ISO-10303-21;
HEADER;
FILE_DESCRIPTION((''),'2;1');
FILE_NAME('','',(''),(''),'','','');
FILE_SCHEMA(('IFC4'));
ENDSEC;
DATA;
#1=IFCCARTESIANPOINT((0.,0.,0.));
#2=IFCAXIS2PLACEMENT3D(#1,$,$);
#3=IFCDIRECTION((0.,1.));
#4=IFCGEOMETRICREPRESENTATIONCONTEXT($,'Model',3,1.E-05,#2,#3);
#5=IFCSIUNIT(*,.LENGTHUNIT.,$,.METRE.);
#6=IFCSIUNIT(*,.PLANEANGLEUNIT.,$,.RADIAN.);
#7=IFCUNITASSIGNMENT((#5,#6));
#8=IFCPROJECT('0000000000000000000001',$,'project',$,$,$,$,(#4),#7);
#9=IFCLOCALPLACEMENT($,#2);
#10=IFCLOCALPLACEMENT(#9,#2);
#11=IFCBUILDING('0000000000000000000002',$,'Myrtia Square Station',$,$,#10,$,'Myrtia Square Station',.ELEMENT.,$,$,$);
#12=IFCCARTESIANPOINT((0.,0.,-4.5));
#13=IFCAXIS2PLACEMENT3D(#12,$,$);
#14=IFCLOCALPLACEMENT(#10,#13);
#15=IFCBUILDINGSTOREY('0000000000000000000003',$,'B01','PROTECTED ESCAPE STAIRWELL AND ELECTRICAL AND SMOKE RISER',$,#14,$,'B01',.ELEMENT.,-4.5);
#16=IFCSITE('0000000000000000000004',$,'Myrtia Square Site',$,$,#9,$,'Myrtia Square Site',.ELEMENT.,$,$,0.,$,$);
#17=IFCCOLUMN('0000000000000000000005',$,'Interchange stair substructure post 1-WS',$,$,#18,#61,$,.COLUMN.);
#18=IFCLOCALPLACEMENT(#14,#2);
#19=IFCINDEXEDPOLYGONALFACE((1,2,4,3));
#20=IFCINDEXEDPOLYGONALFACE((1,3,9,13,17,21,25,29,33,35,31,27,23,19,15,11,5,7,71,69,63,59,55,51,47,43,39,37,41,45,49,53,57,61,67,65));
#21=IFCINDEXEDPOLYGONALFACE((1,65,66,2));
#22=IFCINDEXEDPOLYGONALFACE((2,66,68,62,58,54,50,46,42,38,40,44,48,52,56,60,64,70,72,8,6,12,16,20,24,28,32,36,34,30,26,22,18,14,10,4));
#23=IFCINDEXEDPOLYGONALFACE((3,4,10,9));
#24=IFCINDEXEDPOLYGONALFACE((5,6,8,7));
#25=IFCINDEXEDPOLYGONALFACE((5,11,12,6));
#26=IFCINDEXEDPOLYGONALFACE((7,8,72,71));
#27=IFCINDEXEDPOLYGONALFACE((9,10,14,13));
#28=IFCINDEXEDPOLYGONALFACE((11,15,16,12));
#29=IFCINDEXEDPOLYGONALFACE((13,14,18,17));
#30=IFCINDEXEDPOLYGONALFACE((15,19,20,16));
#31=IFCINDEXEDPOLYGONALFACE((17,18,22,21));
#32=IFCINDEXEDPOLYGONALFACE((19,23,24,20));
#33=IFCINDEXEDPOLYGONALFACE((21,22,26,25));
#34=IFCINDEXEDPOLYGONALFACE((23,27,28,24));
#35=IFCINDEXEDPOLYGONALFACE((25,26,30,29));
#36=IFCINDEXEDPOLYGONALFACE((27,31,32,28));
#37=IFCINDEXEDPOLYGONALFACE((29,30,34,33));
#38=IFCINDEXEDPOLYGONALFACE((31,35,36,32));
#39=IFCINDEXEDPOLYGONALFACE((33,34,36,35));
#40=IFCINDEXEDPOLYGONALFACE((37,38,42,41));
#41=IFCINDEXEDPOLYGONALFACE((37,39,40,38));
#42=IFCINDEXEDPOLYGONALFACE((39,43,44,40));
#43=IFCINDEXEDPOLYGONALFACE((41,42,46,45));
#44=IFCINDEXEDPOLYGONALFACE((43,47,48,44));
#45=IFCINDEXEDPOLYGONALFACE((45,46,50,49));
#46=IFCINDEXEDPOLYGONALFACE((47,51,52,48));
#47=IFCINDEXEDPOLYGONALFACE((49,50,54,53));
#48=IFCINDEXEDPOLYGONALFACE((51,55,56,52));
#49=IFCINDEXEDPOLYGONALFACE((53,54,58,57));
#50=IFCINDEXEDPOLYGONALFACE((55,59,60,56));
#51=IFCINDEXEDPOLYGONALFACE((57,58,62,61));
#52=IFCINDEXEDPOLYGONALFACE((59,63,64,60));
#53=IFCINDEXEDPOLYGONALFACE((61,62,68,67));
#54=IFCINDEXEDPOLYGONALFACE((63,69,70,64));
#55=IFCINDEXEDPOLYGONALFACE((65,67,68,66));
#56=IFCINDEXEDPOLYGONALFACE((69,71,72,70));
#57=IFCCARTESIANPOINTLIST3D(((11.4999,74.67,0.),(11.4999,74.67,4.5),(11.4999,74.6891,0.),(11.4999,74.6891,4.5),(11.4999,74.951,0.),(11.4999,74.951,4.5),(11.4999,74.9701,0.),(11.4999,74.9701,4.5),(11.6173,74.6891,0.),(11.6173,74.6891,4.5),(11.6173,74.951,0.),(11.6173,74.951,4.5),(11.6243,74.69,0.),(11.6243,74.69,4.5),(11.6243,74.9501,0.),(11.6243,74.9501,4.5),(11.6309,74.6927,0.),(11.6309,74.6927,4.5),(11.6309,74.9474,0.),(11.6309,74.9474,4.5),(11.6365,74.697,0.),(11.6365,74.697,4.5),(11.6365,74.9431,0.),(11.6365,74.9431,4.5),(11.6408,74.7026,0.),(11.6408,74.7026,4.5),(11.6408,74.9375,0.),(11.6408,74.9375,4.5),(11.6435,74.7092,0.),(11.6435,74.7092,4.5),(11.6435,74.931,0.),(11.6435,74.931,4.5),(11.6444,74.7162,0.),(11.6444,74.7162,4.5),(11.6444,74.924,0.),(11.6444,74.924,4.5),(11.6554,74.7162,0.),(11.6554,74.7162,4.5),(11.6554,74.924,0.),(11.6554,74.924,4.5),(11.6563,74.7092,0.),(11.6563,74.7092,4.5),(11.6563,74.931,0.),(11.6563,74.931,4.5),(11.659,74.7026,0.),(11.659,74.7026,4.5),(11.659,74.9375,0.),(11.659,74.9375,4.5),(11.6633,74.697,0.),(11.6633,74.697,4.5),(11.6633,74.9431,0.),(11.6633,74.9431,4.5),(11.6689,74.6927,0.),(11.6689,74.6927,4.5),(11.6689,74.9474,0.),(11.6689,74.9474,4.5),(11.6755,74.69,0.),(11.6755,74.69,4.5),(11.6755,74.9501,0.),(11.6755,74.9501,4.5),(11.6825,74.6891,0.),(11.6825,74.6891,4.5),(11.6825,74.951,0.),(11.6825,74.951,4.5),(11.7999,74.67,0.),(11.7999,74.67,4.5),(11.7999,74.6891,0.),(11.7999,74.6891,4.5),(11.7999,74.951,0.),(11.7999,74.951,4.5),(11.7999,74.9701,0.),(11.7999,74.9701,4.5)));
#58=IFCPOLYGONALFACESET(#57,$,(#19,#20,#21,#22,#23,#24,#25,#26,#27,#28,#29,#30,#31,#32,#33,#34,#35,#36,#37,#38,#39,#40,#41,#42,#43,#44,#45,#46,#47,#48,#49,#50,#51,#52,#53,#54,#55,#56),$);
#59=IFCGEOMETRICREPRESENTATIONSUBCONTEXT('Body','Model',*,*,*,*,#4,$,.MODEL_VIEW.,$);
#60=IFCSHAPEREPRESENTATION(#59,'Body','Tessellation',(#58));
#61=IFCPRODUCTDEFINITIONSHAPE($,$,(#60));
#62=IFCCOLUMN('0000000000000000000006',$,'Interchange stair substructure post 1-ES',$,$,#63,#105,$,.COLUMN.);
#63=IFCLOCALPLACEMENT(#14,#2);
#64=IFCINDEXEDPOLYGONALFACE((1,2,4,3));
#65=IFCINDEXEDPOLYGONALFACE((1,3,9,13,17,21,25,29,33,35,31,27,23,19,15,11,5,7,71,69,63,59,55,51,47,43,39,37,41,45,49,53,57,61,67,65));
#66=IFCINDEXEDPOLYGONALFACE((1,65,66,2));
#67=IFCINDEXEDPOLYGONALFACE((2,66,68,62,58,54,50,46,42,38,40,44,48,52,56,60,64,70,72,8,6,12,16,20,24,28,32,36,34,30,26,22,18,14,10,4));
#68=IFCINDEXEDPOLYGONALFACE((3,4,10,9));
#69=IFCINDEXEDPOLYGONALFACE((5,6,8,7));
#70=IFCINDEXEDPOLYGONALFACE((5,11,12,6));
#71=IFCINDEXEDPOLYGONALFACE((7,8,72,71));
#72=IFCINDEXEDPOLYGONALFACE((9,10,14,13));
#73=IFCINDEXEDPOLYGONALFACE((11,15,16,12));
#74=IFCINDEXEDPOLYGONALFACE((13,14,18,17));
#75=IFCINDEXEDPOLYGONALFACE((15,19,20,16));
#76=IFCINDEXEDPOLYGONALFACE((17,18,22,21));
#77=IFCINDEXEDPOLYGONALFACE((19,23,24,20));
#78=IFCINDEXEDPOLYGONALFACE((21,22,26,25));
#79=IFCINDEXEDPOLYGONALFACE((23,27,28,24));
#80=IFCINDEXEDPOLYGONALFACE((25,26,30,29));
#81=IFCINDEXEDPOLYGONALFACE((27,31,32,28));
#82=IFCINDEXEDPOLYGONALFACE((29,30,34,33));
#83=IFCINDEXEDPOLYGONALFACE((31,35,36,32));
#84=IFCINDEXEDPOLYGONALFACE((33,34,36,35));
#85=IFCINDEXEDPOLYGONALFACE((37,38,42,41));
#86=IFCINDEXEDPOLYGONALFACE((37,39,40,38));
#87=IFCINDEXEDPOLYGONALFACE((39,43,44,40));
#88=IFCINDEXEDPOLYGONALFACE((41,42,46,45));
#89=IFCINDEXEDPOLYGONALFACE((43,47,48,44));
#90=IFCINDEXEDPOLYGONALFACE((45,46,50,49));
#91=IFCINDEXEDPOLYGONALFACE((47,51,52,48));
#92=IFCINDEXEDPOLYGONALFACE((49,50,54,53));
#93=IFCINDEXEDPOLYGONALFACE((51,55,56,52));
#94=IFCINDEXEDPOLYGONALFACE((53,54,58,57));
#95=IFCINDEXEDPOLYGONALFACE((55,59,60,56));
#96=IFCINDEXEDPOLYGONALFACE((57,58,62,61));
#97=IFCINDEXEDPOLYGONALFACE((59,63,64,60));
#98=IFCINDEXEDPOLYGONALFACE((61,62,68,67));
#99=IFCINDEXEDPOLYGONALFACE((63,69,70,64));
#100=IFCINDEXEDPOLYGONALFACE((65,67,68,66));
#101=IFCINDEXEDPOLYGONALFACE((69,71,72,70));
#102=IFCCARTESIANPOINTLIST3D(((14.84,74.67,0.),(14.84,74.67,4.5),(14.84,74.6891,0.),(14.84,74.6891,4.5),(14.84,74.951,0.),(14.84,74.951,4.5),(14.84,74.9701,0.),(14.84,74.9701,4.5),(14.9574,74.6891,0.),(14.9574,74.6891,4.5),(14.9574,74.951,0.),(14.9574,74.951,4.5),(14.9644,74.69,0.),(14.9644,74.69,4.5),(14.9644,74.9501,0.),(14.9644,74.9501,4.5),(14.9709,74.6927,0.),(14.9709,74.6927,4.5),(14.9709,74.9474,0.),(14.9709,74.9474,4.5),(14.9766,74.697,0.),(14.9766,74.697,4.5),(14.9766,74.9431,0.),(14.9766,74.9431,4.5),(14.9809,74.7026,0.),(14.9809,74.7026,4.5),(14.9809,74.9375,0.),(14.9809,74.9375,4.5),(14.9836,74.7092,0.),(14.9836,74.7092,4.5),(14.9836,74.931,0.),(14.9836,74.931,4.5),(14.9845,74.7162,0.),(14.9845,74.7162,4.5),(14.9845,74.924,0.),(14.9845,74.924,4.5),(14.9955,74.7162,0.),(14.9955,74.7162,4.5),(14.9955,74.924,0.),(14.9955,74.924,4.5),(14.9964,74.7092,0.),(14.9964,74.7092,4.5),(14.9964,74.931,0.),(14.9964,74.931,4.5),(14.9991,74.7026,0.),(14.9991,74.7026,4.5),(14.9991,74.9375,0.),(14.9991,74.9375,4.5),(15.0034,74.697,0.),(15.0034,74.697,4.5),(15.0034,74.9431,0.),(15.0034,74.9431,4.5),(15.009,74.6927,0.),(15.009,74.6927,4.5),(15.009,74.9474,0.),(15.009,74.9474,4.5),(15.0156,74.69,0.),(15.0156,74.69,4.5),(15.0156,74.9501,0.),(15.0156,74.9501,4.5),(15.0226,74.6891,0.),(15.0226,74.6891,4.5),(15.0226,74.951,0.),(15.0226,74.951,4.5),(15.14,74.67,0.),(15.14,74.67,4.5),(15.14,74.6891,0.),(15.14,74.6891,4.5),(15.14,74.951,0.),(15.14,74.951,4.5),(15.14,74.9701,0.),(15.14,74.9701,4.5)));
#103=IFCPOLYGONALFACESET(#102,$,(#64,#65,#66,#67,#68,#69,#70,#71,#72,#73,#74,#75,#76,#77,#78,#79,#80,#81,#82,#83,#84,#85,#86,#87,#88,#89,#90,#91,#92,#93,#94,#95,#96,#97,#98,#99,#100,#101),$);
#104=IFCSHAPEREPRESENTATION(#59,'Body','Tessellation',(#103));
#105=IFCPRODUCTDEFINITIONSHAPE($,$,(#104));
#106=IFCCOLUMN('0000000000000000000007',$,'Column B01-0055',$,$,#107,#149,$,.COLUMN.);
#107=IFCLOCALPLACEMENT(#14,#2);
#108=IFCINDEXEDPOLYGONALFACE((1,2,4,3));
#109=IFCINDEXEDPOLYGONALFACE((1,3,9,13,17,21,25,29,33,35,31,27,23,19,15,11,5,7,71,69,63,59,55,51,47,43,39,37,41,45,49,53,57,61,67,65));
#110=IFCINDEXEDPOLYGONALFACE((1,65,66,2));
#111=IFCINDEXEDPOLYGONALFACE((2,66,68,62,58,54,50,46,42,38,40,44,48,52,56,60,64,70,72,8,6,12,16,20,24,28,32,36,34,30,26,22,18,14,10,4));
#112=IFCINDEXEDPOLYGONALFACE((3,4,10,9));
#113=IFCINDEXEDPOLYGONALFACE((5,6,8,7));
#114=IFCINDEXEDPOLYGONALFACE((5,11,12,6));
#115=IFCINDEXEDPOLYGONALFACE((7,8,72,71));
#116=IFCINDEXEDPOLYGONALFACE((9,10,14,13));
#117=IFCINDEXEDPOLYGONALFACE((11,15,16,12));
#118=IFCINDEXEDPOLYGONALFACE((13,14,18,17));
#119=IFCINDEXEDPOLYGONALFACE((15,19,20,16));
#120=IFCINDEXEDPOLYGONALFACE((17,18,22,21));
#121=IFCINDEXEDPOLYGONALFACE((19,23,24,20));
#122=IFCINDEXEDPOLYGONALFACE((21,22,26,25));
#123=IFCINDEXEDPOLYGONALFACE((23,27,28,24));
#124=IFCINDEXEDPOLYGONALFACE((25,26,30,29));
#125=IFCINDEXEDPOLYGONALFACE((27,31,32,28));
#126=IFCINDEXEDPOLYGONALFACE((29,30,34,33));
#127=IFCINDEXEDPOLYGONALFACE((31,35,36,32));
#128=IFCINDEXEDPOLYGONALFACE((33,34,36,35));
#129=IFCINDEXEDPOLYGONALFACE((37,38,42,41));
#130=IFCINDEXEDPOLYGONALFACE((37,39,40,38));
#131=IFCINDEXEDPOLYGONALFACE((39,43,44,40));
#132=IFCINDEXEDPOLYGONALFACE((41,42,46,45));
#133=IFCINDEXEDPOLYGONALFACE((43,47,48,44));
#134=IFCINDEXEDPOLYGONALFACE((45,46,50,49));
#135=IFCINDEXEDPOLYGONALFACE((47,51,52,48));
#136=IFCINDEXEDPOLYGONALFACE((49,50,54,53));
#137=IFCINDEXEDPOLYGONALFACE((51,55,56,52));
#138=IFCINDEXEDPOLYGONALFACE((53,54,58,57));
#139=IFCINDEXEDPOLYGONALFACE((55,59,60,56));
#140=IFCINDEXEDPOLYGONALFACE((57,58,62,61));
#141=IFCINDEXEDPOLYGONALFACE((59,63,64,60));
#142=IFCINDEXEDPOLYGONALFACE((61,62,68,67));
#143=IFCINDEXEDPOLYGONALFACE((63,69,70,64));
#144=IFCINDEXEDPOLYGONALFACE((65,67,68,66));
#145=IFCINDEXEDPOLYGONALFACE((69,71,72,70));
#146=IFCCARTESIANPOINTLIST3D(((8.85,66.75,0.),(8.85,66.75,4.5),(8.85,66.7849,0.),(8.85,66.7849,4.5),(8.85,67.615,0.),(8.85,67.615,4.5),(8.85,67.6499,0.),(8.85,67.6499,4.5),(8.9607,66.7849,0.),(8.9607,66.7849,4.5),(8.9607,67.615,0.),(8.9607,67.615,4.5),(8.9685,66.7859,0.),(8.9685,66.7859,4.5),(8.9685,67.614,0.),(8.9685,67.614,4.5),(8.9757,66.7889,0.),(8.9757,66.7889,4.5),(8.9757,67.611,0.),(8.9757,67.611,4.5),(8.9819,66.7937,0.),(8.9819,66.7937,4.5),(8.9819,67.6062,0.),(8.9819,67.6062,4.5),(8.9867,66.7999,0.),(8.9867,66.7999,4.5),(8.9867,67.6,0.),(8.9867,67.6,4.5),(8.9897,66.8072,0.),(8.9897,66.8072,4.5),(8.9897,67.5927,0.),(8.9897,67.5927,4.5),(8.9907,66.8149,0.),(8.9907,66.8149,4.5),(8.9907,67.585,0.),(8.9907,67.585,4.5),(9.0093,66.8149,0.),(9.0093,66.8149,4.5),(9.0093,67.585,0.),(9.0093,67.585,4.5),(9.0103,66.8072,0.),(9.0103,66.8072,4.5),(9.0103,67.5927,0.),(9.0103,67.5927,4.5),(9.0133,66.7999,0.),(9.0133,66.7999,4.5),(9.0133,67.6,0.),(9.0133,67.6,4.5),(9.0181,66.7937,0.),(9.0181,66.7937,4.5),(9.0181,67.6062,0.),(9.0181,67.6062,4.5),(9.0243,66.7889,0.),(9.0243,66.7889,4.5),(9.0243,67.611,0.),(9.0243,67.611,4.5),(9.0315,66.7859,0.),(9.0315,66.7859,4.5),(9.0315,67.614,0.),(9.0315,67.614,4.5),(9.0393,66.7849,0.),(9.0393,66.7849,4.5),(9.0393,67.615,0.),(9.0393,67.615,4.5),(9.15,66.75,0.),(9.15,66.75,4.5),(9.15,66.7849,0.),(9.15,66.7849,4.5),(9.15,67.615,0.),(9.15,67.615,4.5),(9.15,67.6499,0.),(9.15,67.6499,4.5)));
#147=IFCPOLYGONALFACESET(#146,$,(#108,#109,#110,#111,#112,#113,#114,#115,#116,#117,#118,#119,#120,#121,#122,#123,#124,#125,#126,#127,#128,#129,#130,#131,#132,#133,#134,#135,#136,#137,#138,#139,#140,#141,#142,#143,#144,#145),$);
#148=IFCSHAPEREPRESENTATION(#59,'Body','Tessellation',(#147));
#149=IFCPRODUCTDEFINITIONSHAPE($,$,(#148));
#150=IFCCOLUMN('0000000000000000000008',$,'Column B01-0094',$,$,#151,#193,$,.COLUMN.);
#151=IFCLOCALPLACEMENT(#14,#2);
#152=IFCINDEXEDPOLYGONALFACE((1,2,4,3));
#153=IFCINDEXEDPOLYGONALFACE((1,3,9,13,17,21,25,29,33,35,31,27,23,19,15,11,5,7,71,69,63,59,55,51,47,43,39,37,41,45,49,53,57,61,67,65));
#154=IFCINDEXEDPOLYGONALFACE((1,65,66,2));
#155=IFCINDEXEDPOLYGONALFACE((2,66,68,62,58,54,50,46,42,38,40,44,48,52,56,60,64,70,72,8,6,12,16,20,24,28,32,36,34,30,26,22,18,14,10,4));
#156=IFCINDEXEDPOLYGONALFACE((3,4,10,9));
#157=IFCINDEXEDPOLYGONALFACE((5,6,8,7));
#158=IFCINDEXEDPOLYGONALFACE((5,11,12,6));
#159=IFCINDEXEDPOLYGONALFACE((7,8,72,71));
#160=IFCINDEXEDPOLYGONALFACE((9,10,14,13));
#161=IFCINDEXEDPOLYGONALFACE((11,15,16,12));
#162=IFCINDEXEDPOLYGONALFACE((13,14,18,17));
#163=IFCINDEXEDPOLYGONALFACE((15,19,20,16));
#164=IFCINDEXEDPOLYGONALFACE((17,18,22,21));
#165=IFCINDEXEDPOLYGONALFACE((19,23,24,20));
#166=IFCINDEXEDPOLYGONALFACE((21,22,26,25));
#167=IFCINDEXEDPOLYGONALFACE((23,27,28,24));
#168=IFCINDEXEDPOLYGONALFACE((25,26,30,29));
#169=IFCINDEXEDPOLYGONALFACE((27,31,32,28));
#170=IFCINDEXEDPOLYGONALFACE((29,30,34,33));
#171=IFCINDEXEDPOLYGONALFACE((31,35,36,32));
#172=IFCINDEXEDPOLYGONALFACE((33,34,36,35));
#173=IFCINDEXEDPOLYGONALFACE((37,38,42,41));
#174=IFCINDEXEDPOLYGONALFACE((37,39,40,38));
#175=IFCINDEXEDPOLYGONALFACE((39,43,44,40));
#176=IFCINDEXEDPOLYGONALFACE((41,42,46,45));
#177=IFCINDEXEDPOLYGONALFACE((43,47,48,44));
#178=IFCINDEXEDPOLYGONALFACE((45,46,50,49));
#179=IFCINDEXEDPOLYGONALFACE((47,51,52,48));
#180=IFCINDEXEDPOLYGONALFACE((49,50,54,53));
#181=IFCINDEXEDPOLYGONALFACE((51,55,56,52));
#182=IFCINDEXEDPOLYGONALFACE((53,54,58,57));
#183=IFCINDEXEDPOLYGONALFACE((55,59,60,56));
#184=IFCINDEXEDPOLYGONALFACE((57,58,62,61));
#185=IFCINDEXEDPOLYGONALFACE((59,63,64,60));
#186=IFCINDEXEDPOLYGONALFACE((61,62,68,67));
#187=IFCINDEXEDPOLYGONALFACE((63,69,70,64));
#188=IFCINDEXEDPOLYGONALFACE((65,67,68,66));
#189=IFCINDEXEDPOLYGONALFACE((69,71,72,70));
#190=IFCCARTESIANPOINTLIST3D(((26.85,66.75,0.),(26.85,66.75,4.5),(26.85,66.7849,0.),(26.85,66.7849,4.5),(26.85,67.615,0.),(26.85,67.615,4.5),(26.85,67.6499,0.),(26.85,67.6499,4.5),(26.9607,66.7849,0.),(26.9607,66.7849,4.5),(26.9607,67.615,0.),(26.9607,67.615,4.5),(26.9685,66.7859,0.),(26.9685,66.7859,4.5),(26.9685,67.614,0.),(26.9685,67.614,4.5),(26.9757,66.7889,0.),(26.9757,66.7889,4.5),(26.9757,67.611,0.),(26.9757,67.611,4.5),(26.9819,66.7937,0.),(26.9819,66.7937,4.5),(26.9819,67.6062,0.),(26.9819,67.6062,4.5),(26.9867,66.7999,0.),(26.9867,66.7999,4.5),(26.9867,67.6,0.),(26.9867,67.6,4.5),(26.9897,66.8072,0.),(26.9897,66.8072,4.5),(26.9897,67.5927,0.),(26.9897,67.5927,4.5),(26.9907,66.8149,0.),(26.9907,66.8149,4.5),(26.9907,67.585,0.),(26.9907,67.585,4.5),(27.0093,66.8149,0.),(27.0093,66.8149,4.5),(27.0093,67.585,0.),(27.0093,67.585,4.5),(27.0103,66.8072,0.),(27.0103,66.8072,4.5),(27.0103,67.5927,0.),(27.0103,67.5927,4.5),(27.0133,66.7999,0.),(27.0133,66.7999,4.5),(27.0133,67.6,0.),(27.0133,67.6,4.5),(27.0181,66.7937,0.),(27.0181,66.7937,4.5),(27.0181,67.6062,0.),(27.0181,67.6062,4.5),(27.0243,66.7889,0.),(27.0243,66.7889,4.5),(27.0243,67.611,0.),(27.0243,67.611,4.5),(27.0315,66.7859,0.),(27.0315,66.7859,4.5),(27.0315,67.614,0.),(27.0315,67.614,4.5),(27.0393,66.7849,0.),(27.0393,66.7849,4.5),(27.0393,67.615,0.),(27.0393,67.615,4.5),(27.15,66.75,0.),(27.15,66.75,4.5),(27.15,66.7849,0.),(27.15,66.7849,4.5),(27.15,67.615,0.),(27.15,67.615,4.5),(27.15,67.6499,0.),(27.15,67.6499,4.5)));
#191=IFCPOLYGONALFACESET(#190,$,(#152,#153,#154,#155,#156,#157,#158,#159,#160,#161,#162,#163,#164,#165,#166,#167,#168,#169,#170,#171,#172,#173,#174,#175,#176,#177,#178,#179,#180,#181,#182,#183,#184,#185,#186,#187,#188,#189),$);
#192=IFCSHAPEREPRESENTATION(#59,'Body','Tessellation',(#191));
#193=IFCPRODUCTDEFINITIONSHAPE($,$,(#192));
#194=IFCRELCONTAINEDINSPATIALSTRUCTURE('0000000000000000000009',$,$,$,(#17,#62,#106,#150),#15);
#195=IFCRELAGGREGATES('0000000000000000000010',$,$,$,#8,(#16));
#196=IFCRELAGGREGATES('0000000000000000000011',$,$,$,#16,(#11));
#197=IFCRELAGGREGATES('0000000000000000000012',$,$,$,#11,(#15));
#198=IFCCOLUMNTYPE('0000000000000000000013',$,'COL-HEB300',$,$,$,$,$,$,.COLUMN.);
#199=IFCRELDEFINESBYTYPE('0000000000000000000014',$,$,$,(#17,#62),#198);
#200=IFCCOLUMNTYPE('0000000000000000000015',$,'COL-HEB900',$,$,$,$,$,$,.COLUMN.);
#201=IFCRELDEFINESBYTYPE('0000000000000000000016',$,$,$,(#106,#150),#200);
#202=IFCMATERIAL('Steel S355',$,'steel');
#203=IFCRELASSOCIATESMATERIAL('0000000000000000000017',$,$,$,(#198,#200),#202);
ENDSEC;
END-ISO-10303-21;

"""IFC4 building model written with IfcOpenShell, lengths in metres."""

from ifc_helpers import new_model, si_unit, direction, frame, origin, origin_2d, place, context, subcontext, project, spatial, i_section, extrude, material, material_profile, profile_set, type_object, element, save


model = new_model("IFC4")

# Units and contexts
model_context = context("Model", 3, precision=1e-05, world=origin(), true_north=direction((0.0, 1.0)))
body_context = subcontext(model_context, "Body", "Model", "MODEL_VIEW")
ifc_project = project(units=[si_unit("LENGTHUNIT", "METRE"), si_unit("PLANEANGLEUNIT", "RADIAN")], contexts=[model_context])

# Site, building, storey
site_placement = place(None, origin())
site = spatial("IfcSite", under=ifc_project, at=site_placement, Name="Myrtia Square Site", LongName="Myrtia Square Site", CompositionType="ELEMENT", RefElevation=0.0)
building_placement = place(site_placement, origin())
building = spatial("IfcBuilding", under=site, at=building_placement, Name="Myrtia Square Station", LongName="Myrtia Square Station", CompositionType="ELEMENT")
storey_placement = place(building_placement, frame((0.0, 0.0, -4.5)))
storey = spatial("IfcBuildingStorey", under=building, at=storey_placement, Name="B01", Description="PROTECTED ESCAPE STAIRWELL AND ELECTRICAL AND SMOKE RISER", LongName="B01", CompositionType="ELEMENT", Elevation=-4.5)

# Columns
ifc_material_1 = material(Name="Steel S355", Category="steel")
ifc_material_profile_1 = material_profile(ifc_material_1, i_section(OverallWidth=0.3, OverallDepth=0.3, WebThickness=0.011, FlangeThickness=0.019, FilletRadius=0.0271, at=origin_2d()), Name="HEB 300")
ifc_profile_set_1 = profile_set([ifc_material_profile_1], Name="Steel S355")
column_type_1 = type_object("IfcColumnType", Name="COL-HEB300", PredefinedType="COLUMN", material=ifc_profile_set_1)
for number, where, z_axis, x_axis, name in (
    (1, (11.6499, 74.8201, 0.0), (0.0, 0.0, 1.0), (1.0, 0.0, 0.0), "Interchange stair substructure post 1-WS"),
    (2, (14.99, 74.8201, 0.0), (0.0, 0.0, 1.0), (1.0, 0.0, 0.0), "Interchange stair substructure post 1-ES"),
):
    element("IfcColumn", number, at=place(storey_placement, frame(where, z_axis=z_axis, x_axis=x_axis)), inside=storey, type_object=column_type_1, Name=name, PredefinedType="COLUMN", context=body_context, shape_type="SweptSolid", body=[
        extrude(i_section(OverallWidth=0.3, OverallDepth=0.3, WebThickness=0.011, FlangeThickness=0.019, FilletRadius=0.0271, at=origin_2d()), origin(), (0.0, 0.0, 1.0), 4.5),
    ])
ifc_material_profile_2 = material_profile(ifc_material_1, i_section(OverallWidth=0.3, OverallDepth=0.8999, WebThickness=0.0186, FlangeThickness=0.0349, FilletRadius=0.03, at=origin_2d()), Name="HEB 900")
ifc_profile_set_2 = profile_set([ifc_material_profile_2], Name="Steel S355")
column_type_2 = type_object("IfcColumnType", Name="COL-HEB900", PredefinedType="COLUMN", material=ifc_profile_set_2)
for number, where, z_axis, x_axis, name in (
    (3, (9.0, 67.2, 0.0), (0.0, 0.0, 1.0), (1.0, 0.0, 0.0), "Column B01-0055"),
    (4, (27.0, 67.2, 0.0), (0.0, 0.0, 1.0), (1.0, 0.0, 0.0), "Column B01-0094"),
):
    element("IfcColumn", number, at=place(storey_placement, frame(where, z_axis=z_axis, x_axis=x_axis)), inside=storey, type_object=column_type_2, Name=name, PredefinedType="COLUMN", context=body_context, shape_type="SweptSolid", body=[
        extrude(i_section(OverallWidth=0.3, OverallDepth=0.8999, WebThickness=0.0186, FlangeThickness=0.0349, FilletRadius=0.03, at=origin_2d()), origin(), (0.0, 0.0, 1.0), 4.5),
    ])

save(model, "model.ifc")
